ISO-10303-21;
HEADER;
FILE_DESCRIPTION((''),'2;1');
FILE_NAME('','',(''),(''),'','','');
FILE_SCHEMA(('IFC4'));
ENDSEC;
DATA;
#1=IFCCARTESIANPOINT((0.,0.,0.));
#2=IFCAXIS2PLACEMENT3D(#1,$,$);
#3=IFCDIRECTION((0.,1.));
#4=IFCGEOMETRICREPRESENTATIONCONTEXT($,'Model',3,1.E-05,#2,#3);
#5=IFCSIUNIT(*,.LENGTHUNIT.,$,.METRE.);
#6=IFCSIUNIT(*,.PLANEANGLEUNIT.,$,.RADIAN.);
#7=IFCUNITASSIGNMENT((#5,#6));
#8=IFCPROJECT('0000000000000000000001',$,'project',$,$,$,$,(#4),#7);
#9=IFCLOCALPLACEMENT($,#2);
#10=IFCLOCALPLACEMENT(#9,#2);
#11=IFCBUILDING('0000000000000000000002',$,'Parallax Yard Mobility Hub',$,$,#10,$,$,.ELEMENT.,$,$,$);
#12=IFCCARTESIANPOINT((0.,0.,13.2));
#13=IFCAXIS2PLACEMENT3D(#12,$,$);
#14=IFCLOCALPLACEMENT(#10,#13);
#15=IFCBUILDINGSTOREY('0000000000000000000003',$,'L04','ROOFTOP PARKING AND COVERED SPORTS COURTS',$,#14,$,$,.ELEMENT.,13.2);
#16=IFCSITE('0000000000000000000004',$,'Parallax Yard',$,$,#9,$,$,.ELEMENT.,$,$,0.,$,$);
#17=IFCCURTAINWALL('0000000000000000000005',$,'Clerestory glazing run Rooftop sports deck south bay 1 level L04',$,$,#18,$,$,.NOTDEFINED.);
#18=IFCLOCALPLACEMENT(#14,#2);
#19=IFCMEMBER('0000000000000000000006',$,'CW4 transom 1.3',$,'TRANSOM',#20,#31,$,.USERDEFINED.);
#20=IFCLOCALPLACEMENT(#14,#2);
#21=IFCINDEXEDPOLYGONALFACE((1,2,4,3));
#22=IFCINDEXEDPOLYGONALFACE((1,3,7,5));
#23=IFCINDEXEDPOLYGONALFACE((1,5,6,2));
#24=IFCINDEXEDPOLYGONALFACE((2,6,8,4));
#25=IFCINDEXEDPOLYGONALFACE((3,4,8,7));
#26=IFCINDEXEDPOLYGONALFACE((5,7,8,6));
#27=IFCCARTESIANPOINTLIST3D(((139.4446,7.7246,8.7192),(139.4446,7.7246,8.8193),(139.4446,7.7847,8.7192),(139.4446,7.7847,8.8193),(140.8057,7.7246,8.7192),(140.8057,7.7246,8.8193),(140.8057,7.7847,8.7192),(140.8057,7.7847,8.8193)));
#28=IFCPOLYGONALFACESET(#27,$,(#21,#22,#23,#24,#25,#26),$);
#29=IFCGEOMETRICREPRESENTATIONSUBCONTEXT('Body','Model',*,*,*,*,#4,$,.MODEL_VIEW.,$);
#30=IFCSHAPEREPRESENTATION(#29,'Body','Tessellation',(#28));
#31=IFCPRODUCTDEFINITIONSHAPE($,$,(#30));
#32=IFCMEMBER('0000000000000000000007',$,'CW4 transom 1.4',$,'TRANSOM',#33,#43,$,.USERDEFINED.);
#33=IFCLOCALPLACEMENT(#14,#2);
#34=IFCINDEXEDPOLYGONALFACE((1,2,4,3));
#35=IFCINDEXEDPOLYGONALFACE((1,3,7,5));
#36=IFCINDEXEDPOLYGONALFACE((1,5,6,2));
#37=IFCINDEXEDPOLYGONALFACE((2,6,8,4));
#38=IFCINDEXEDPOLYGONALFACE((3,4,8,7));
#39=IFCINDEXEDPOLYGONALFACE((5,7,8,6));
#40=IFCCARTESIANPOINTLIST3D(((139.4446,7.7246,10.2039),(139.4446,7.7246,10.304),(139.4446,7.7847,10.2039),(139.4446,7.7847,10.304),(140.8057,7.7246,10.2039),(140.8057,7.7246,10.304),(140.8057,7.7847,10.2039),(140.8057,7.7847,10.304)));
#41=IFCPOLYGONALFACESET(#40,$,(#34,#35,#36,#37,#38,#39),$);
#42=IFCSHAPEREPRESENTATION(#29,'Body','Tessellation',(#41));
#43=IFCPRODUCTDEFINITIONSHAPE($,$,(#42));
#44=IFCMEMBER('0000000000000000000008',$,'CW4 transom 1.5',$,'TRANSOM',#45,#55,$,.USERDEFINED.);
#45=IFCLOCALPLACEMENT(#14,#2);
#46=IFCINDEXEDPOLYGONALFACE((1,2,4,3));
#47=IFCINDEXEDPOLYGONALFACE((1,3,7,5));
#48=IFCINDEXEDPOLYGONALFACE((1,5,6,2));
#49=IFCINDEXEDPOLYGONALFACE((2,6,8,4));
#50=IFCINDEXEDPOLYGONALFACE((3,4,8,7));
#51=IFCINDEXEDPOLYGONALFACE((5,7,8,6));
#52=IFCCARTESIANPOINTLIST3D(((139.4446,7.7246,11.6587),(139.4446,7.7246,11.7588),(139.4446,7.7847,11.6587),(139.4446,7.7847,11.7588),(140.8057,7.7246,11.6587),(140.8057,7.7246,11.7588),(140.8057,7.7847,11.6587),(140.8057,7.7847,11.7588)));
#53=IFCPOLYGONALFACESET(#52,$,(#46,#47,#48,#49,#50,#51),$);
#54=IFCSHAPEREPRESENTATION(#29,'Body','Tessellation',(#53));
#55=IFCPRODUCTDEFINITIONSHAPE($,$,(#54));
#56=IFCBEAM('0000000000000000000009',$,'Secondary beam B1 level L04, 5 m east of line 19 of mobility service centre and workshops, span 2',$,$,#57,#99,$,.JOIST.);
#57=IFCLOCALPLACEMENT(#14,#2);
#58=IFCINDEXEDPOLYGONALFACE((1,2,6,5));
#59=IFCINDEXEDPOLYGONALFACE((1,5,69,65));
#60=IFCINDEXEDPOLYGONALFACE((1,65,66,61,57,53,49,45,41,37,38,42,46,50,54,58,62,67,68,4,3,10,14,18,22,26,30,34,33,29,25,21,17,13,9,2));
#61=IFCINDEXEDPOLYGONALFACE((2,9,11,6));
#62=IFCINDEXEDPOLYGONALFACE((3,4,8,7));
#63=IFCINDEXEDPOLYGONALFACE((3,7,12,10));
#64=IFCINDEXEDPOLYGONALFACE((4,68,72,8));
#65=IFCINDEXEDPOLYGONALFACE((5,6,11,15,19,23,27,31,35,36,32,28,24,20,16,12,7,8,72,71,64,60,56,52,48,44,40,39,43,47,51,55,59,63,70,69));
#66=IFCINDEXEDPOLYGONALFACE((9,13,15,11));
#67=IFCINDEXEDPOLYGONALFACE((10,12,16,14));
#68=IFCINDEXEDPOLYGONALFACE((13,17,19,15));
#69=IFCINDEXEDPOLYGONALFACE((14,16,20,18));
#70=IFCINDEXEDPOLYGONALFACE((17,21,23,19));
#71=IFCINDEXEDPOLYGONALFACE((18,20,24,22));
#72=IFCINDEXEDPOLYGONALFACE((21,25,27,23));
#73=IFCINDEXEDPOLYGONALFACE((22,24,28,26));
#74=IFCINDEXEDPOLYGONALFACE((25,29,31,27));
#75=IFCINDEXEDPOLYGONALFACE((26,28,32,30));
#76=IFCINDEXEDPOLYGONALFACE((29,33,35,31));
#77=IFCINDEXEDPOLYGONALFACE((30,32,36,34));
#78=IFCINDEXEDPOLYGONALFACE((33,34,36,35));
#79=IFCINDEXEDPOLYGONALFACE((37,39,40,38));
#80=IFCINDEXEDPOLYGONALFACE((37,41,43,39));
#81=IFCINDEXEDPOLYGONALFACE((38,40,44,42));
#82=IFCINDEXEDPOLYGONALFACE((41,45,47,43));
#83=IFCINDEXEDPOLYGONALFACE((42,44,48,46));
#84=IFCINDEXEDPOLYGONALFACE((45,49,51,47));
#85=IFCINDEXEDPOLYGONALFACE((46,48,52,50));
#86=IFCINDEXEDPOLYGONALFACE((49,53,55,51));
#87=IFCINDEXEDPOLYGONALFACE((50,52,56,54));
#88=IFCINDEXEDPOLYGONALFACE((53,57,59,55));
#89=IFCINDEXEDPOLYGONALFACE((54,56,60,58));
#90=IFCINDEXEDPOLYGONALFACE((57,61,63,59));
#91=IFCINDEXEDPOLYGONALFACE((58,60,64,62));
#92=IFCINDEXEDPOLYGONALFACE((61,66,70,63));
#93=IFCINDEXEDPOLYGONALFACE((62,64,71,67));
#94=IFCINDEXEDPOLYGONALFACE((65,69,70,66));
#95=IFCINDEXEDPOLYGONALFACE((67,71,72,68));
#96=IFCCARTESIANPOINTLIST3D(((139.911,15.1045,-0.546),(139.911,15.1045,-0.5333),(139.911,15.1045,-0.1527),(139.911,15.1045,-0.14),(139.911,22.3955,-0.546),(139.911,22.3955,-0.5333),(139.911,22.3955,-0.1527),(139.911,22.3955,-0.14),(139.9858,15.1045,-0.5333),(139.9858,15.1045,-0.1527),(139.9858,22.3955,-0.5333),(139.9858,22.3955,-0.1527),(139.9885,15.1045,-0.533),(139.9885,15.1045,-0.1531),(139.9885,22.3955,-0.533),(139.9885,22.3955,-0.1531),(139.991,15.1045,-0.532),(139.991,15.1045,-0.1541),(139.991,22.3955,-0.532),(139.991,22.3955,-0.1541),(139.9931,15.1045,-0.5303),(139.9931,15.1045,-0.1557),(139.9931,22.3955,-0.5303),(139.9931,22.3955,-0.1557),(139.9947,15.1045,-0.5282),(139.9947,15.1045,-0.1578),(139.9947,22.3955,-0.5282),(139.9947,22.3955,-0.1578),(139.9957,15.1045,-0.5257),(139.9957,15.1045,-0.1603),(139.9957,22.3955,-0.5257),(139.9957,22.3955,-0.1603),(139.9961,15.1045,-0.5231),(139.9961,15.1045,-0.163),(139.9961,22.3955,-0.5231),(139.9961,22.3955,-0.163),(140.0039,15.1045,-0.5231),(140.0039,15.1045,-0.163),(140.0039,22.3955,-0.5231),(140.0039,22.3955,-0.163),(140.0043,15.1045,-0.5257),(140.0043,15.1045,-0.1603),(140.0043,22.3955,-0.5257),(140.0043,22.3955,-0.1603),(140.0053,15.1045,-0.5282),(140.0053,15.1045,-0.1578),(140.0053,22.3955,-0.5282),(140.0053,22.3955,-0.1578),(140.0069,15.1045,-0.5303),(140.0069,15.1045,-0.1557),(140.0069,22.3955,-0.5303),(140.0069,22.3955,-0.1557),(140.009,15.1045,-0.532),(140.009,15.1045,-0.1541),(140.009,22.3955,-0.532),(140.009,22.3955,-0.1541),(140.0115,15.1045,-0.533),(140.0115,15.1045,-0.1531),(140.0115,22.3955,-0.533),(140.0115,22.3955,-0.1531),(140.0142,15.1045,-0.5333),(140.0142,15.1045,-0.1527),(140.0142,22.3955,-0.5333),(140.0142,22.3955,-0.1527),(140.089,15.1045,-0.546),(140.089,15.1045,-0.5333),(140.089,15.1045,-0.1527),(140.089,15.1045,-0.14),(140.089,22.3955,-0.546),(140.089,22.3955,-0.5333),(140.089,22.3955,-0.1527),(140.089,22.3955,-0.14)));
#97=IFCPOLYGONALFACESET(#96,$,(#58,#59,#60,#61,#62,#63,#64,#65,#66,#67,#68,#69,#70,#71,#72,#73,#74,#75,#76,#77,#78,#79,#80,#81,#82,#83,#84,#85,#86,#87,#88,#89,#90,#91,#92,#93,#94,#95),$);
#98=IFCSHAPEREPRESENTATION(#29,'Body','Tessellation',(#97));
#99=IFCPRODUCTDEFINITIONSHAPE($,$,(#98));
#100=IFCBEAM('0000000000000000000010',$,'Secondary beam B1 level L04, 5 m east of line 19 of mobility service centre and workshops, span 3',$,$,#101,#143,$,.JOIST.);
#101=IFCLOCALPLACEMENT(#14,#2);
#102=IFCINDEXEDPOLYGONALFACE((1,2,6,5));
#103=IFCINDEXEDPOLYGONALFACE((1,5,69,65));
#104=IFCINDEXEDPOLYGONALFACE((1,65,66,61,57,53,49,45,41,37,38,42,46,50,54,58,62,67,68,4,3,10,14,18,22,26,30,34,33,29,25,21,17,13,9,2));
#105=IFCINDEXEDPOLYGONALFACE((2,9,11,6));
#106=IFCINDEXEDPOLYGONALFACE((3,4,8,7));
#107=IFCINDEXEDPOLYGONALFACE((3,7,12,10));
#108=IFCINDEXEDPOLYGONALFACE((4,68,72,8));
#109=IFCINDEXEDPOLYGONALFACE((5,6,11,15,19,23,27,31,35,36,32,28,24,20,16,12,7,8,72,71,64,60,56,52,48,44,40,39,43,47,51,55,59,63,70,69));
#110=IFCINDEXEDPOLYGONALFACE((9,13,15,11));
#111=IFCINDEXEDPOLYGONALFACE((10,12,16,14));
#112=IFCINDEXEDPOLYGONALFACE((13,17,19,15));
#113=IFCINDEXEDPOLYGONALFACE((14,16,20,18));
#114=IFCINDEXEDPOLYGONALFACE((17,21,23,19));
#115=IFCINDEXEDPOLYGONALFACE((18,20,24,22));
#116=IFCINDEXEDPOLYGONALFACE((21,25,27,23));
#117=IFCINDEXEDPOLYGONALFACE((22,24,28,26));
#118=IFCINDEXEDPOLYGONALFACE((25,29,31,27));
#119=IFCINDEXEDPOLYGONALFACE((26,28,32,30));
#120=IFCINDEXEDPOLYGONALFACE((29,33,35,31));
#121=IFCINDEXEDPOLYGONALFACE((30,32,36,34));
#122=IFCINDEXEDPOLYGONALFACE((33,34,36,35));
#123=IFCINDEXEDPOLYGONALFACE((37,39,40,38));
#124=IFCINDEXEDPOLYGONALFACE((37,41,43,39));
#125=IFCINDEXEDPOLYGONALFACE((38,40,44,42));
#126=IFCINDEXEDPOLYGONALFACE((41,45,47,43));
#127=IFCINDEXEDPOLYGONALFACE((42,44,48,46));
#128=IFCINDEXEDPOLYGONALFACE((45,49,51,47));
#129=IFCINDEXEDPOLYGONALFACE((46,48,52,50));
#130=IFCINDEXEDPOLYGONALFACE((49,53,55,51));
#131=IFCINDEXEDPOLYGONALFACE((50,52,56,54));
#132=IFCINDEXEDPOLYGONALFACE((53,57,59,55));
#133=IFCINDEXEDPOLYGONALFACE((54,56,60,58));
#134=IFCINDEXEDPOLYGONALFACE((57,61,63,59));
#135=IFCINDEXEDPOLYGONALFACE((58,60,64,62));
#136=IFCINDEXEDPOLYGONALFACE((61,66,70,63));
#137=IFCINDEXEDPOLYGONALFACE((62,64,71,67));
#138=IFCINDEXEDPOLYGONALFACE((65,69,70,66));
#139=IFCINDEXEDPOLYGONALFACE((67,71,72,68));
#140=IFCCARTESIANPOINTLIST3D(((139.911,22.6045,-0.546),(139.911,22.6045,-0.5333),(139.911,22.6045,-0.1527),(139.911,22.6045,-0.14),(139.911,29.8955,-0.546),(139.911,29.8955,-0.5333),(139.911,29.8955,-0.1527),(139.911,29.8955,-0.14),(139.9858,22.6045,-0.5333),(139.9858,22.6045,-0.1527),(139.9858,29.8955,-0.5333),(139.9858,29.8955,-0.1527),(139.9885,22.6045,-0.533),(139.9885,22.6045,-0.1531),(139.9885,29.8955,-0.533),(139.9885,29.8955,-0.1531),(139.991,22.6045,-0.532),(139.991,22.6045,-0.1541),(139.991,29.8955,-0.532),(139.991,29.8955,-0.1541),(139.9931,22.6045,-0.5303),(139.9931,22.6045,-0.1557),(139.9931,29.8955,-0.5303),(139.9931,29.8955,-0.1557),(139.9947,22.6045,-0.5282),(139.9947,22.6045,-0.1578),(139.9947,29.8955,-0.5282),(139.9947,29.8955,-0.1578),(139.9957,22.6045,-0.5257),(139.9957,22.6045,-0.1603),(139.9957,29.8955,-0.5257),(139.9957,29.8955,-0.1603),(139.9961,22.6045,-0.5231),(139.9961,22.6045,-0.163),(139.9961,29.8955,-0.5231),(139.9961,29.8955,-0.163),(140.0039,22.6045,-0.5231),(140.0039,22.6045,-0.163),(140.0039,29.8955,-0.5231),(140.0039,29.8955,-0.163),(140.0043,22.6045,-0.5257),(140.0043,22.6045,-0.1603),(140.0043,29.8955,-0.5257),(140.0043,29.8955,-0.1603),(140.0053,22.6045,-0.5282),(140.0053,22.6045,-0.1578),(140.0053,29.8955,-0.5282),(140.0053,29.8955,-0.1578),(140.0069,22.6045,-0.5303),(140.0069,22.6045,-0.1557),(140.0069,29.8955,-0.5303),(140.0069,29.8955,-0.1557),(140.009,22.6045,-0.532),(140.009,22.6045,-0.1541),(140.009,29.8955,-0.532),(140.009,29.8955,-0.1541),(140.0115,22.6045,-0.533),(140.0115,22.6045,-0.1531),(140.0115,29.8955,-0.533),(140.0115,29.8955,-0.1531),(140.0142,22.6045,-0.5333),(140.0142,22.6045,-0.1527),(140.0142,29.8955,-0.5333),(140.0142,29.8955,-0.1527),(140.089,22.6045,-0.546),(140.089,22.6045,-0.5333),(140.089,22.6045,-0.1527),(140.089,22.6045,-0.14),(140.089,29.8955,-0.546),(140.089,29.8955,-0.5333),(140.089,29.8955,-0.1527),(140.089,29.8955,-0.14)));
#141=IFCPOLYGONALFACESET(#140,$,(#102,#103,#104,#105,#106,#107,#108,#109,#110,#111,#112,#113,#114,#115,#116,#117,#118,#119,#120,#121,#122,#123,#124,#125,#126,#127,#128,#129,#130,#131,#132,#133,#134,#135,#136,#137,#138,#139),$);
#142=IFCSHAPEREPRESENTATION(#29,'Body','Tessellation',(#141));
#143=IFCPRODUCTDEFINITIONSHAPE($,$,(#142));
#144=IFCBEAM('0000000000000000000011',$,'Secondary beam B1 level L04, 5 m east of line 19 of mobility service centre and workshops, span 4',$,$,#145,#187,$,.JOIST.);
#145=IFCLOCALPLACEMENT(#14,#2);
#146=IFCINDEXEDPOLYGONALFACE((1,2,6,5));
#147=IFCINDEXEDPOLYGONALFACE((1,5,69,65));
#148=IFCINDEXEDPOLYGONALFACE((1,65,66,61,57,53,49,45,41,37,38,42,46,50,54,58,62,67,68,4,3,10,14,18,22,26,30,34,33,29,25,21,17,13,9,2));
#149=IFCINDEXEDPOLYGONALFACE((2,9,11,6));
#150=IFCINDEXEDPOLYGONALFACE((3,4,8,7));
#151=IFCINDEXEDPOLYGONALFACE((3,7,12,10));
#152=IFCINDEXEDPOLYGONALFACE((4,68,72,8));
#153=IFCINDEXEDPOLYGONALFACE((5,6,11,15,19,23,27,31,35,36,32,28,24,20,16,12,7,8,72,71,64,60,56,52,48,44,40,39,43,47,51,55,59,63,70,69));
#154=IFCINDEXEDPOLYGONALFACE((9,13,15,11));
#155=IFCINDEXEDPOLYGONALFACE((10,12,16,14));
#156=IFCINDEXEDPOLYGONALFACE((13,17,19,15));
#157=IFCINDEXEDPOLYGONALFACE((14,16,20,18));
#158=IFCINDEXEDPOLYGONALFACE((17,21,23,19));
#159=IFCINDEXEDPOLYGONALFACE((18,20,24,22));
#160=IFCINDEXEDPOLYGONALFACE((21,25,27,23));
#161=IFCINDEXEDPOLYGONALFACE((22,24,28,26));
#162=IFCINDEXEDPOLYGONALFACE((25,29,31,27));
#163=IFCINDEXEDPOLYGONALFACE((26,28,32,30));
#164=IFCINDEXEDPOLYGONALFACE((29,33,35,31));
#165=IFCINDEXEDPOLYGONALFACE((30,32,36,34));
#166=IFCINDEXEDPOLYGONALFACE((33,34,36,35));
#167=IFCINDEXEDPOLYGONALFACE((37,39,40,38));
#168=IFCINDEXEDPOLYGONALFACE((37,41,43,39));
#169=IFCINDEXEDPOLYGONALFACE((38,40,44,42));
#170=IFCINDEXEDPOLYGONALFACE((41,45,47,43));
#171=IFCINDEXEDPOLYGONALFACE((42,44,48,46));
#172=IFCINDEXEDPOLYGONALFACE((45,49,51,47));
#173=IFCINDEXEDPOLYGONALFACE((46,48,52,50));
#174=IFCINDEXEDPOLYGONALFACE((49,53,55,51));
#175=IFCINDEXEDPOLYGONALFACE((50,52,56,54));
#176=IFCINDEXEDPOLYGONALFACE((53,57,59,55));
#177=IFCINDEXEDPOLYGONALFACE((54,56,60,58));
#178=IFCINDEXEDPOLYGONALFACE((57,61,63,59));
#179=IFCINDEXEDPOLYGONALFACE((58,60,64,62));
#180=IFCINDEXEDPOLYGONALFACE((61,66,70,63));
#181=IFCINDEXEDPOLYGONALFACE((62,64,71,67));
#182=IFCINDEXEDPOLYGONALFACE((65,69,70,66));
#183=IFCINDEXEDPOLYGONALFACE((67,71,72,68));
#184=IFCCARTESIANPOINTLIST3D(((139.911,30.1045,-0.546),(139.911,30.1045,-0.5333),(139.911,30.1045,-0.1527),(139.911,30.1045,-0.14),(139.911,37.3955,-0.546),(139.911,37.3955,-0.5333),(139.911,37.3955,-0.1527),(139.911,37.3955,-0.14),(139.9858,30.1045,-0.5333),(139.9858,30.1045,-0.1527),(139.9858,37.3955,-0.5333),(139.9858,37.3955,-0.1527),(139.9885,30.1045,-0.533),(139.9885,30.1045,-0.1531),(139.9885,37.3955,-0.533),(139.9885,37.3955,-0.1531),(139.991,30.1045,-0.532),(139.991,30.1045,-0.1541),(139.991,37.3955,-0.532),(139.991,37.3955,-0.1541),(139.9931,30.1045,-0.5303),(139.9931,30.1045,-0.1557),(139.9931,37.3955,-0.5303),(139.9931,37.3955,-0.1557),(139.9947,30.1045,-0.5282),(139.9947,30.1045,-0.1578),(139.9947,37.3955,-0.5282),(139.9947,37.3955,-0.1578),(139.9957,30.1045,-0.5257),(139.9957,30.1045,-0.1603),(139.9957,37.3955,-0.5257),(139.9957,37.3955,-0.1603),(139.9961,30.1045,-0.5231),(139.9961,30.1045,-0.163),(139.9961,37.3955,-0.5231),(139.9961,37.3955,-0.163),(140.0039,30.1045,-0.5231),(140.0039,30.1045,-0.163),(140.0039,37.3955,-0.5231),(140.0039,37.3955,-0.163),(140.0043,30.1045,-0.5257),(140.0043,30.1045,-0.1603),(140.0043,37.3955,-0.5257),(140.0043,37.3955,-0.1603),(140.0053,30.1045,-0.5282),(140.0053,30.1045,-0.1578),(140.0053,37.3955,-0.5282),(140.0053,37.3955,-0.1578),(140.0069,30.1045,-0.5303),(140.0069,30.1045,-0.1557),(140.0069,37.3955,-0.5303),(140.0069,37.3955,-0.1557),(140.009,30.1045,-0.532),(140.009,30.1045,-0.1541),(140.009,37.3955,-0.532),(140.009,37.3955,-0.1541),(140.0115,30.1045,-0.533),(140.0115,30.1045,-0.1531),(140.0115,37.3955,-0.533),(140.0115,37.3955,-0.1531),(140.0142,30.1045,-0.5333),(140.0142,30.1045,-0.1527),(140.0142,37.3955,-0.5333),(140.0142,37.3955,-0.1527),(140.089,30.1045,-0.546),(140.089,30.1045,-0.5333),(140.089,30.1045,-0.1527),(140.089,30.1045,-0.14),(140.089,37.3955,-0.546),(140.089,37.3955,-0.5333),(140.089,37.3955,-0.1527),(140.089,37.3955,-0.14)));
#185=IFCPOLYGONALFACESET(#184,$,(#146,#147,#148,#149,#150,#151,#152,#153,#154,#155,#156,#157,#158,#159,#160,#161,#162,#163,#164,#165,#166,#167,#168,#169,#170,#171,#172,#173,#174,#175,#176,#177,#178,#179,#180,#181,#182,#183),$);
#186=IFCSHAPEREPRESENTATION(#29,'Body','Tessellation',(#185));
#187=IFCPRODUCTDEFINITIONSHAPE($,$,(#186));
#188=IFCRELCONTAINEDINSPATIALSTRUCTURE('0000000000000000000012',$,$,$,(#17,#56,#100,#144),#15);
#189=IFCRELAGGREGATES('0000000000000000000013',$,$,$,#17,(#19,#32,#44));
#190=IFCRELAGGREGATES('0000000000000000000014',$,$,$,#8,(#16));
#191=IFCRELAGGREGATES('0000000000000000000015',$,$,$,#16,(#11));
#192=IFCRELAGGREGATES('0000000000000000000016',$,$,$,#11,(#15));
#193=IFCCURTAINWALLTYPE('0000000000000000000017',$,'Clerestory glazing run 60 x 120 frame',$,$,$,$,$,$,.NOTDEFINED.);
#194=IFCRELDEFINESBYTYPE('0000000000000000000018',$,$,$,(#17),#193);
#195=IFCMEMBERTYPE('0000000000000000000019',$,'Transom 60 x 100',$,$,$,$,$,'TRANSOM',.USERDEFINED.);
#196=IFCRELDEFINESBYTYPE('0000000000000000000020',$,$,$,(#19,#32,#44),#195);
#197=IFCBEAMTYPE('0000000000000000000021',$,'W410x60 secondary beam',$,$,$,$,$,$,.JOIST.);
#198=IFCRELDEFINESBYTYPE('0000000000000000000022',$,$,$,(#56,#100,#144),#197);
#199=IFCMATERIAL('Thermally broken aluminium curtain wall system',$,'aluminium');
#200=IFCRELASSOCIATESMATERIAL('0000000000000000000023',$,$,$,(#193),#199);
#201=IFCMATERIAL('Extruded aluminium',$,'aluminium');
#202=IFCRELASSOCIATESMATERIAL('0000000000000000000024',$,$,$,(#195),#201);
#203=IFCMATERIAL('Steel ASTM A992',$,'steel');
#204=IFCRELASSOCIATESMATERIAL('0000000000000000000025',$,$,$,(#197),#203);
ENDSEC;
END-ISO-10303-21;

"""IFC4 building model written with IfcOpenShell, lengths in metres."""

from ifc_helpers import new_model, si_unit, direction, frame, origin, origin_2d, place, context, subcontext, project, spatial, rectangle, i_section, extrude, material, material_profile, profile_set, type_object, element, aggregate, save


model = new_model("IFC4")

# Units and contexts
model_context = context("Model", 3, precision=1e-05, world=origin(), true_north=direction((0.0, 1.0)))
body_context = subcontext(model_context, "Body", "Model", "MODEL_VIEW")
ifc_project = project(units=[si_unit("LENGTHUNIT", "METRE"), si_unit("PLANEANGLEUNIT", "RADIAN")], contexts=[model_context])

# Site, building, storey
site_placement = place(None, origin())
site = spatial("IfcSite", under=ifc_project, at=site_placement, Name="Parallax Yard", CompositionType="ELEMENT", RefElevation=0.0)
building_placement = place(site_placement, origin())
building = spatial("IfcBuilding", under=site, at=building_placement, Name="Parallax Yard Mobility Hub", CompositionType="ELEMENT")
storey_placement = place(building_placement, frame((0.0, 0.0, 13.2)))
storey = spatial("IfcBuildingStorey", under=building, at=storey_placement, Name="L04", Description="ROOFTOP PARKING AND COVERED SPORTS COURTS", CompositionType="ELEMENT", Elevation=13.2)

# Shared definitions
ifc_material_1 = material(Name="Steel ASTM A992", Category="steel")

# Curtain wall
ifc_material_2 = material(Name="Thermally broken aluminium curtain wall system", Category="aluminium")
curtain_wall_type = type_object("IfcCurtainWallType", Name="Clerestory glazing run 60 x 120 frame", PredefinedType="NOTDEFINED", material=ifc_material_2)
curtain_wall_1_placement = place(storey_placement, origin())
curtain_wall_1 = element("IfcCurtainWall", 1, at=curtain_wall_1_placement, inside=storey, type_object=curtain_wall_type, Name="Clerestory glazing run Rooftop sports deck south bay 1 level L04", PredefinedType="NOTDEFINED")
ifc_material_3 = material(Name="Extruded aluminium", Category="aluminium")

# Members
ifc_material_profile_1 = material_profile(ifc_material_3, rectangle(XDim=0.0601, YDim=0.1001, at=origin_2d()), Name="Transom 60 x 100")
ifc_profile_set_1 = profile_set([ifc_material_profile_1], Name="Extruded aluminium")
member_type_1 = type_object("IfcMemberType", Name="Transom 60 x 100", ElementType="TRANSOM", PredefinedType="USERDEFINED", material=ifc_profile_set_1)
member_1_placement = place(storey_placement, frame((139.4446, 7.7546, 8.7693), z_axis=(1.0, 0.0, 0.0), x_axis=(0.0, 1.0, 0.0)))
member_1 = element("IfcMember", 2, at=member_1_placement, type_object=member_type_1, Name="CW4 transom 1.3", ObjectType="TRANSOM", PredefinedType="USERDEFINED", context=body_context, shape_type="SweptSolid", body=[
    extrude(rectangle(XDim=0.0601, YDim=0.1001, at=origin_2d()), origin(), (0.0, 0.0, 1.0), 1.3611),
])
member_2_placement = place(storey_placement, frame((139.4446, 7.7546, 10.2539), z_axis=(1.0, 0.0, 0.0), x_axis=(0.0, 1.0, 0.0)))
member_2 = element("IfcMember", 3, at=member_2_placement, type_object=member_type_1, Name="CW4 transom 1.4", ObjectType="TRANSOM", PredefinedType="USERDEFINED", context=body_context, shape_type="SweptSolid", body=[
    extrude(rectangle(XDim=0.0601, YDim=0.1001, at=origin_2d()), origin(), (0.0, 0.0, 1.0), 1.3611),
])
member_3_placement = place(storey_placement, frame((139.4446, 7.7546, 11.7087), z_axis=(1.0, 0.0, 0.0), x_axis=(0.0, 1.0, 0.0)))
member_3 = element("IfcMember", 4, at=member_3_placement, type_object=member_type_1, Name="CW4 transom 1.5", ObjectType="TRANSOM", PredefinedType="USERDEFINED", context=body_context, shape_type="SweptSolid", body=[
    extrude(rectangle(XDim=0.0601, YDim=0.1001, at=origin_2d()), origin(), (0.0, 0.0, 1.0), 1.3611),
])

# Beams
ifc_material_profile_2 = material_profile(ifc_material_1, i_section(OverallWidth=0.178, OverallDepth=0.406, WebThickness=0.0078, FlangeThickness=0.0127, FilletRadius=0.0103, at=origin_2d()), Name="W410x60")
ifc_profile_set_2 = profile_set([ifc_material_profile_2], Name="Steel ASTM A992")
beam_type_1 = type_object("IfcBeamType", Name="W410x60 secondary beam", PredefinedType="JOIST", material=ifc_profile_set_2)
for number, where, z_axis, x_axis, name in (
    (5, (140.0, 15.1045, -0.343), (0.0, 1.0, 0.0), (-1.0, 0.0, 0.0), "Secondary beam B1 level L04, 5 m east of line 19 of mobility service centre and workshops, span 2"),
    (6, (140.0, 22.6045, -0.343), (0.0, 1.0, 0.0), (-1.0, 0.0, 0.0), "Secondary beam B1 level L04, 5 m east of line 19 of mobility service centre and workshops, span 3"),
    (7, (140.0, 30.1045, -0.343), (0.0, 1.0, 0.0), (-1.0, 0.0, 0.0), "Secondary beam B1 level L04, 5 m east of line 19 of mobility service centre and workshops, span 4"),
):
    element("IfcBeam", number, at=place(storey_placement, frame(where, z_axis=z_axis, x_axis=x_axis)), inside=storey, type_object=beam_type_1, Name=name, PredefinedType="JOIST", context=body_context, shape_type="SweptSolid", body=[
        extrude(i_section(OverallWidth=0.178, OverallDepth=0.406, WebThickness=0.0078, FlangeThickness=0.0127, FilletRadius=0.0103, at=origin_2d()), origin(), (0.0, 0.0, 1.0), 7.291),
    ])

aggregate(curtain_wall_1, [member_1, member_2, member_3])

save(model, "model.ifc")
